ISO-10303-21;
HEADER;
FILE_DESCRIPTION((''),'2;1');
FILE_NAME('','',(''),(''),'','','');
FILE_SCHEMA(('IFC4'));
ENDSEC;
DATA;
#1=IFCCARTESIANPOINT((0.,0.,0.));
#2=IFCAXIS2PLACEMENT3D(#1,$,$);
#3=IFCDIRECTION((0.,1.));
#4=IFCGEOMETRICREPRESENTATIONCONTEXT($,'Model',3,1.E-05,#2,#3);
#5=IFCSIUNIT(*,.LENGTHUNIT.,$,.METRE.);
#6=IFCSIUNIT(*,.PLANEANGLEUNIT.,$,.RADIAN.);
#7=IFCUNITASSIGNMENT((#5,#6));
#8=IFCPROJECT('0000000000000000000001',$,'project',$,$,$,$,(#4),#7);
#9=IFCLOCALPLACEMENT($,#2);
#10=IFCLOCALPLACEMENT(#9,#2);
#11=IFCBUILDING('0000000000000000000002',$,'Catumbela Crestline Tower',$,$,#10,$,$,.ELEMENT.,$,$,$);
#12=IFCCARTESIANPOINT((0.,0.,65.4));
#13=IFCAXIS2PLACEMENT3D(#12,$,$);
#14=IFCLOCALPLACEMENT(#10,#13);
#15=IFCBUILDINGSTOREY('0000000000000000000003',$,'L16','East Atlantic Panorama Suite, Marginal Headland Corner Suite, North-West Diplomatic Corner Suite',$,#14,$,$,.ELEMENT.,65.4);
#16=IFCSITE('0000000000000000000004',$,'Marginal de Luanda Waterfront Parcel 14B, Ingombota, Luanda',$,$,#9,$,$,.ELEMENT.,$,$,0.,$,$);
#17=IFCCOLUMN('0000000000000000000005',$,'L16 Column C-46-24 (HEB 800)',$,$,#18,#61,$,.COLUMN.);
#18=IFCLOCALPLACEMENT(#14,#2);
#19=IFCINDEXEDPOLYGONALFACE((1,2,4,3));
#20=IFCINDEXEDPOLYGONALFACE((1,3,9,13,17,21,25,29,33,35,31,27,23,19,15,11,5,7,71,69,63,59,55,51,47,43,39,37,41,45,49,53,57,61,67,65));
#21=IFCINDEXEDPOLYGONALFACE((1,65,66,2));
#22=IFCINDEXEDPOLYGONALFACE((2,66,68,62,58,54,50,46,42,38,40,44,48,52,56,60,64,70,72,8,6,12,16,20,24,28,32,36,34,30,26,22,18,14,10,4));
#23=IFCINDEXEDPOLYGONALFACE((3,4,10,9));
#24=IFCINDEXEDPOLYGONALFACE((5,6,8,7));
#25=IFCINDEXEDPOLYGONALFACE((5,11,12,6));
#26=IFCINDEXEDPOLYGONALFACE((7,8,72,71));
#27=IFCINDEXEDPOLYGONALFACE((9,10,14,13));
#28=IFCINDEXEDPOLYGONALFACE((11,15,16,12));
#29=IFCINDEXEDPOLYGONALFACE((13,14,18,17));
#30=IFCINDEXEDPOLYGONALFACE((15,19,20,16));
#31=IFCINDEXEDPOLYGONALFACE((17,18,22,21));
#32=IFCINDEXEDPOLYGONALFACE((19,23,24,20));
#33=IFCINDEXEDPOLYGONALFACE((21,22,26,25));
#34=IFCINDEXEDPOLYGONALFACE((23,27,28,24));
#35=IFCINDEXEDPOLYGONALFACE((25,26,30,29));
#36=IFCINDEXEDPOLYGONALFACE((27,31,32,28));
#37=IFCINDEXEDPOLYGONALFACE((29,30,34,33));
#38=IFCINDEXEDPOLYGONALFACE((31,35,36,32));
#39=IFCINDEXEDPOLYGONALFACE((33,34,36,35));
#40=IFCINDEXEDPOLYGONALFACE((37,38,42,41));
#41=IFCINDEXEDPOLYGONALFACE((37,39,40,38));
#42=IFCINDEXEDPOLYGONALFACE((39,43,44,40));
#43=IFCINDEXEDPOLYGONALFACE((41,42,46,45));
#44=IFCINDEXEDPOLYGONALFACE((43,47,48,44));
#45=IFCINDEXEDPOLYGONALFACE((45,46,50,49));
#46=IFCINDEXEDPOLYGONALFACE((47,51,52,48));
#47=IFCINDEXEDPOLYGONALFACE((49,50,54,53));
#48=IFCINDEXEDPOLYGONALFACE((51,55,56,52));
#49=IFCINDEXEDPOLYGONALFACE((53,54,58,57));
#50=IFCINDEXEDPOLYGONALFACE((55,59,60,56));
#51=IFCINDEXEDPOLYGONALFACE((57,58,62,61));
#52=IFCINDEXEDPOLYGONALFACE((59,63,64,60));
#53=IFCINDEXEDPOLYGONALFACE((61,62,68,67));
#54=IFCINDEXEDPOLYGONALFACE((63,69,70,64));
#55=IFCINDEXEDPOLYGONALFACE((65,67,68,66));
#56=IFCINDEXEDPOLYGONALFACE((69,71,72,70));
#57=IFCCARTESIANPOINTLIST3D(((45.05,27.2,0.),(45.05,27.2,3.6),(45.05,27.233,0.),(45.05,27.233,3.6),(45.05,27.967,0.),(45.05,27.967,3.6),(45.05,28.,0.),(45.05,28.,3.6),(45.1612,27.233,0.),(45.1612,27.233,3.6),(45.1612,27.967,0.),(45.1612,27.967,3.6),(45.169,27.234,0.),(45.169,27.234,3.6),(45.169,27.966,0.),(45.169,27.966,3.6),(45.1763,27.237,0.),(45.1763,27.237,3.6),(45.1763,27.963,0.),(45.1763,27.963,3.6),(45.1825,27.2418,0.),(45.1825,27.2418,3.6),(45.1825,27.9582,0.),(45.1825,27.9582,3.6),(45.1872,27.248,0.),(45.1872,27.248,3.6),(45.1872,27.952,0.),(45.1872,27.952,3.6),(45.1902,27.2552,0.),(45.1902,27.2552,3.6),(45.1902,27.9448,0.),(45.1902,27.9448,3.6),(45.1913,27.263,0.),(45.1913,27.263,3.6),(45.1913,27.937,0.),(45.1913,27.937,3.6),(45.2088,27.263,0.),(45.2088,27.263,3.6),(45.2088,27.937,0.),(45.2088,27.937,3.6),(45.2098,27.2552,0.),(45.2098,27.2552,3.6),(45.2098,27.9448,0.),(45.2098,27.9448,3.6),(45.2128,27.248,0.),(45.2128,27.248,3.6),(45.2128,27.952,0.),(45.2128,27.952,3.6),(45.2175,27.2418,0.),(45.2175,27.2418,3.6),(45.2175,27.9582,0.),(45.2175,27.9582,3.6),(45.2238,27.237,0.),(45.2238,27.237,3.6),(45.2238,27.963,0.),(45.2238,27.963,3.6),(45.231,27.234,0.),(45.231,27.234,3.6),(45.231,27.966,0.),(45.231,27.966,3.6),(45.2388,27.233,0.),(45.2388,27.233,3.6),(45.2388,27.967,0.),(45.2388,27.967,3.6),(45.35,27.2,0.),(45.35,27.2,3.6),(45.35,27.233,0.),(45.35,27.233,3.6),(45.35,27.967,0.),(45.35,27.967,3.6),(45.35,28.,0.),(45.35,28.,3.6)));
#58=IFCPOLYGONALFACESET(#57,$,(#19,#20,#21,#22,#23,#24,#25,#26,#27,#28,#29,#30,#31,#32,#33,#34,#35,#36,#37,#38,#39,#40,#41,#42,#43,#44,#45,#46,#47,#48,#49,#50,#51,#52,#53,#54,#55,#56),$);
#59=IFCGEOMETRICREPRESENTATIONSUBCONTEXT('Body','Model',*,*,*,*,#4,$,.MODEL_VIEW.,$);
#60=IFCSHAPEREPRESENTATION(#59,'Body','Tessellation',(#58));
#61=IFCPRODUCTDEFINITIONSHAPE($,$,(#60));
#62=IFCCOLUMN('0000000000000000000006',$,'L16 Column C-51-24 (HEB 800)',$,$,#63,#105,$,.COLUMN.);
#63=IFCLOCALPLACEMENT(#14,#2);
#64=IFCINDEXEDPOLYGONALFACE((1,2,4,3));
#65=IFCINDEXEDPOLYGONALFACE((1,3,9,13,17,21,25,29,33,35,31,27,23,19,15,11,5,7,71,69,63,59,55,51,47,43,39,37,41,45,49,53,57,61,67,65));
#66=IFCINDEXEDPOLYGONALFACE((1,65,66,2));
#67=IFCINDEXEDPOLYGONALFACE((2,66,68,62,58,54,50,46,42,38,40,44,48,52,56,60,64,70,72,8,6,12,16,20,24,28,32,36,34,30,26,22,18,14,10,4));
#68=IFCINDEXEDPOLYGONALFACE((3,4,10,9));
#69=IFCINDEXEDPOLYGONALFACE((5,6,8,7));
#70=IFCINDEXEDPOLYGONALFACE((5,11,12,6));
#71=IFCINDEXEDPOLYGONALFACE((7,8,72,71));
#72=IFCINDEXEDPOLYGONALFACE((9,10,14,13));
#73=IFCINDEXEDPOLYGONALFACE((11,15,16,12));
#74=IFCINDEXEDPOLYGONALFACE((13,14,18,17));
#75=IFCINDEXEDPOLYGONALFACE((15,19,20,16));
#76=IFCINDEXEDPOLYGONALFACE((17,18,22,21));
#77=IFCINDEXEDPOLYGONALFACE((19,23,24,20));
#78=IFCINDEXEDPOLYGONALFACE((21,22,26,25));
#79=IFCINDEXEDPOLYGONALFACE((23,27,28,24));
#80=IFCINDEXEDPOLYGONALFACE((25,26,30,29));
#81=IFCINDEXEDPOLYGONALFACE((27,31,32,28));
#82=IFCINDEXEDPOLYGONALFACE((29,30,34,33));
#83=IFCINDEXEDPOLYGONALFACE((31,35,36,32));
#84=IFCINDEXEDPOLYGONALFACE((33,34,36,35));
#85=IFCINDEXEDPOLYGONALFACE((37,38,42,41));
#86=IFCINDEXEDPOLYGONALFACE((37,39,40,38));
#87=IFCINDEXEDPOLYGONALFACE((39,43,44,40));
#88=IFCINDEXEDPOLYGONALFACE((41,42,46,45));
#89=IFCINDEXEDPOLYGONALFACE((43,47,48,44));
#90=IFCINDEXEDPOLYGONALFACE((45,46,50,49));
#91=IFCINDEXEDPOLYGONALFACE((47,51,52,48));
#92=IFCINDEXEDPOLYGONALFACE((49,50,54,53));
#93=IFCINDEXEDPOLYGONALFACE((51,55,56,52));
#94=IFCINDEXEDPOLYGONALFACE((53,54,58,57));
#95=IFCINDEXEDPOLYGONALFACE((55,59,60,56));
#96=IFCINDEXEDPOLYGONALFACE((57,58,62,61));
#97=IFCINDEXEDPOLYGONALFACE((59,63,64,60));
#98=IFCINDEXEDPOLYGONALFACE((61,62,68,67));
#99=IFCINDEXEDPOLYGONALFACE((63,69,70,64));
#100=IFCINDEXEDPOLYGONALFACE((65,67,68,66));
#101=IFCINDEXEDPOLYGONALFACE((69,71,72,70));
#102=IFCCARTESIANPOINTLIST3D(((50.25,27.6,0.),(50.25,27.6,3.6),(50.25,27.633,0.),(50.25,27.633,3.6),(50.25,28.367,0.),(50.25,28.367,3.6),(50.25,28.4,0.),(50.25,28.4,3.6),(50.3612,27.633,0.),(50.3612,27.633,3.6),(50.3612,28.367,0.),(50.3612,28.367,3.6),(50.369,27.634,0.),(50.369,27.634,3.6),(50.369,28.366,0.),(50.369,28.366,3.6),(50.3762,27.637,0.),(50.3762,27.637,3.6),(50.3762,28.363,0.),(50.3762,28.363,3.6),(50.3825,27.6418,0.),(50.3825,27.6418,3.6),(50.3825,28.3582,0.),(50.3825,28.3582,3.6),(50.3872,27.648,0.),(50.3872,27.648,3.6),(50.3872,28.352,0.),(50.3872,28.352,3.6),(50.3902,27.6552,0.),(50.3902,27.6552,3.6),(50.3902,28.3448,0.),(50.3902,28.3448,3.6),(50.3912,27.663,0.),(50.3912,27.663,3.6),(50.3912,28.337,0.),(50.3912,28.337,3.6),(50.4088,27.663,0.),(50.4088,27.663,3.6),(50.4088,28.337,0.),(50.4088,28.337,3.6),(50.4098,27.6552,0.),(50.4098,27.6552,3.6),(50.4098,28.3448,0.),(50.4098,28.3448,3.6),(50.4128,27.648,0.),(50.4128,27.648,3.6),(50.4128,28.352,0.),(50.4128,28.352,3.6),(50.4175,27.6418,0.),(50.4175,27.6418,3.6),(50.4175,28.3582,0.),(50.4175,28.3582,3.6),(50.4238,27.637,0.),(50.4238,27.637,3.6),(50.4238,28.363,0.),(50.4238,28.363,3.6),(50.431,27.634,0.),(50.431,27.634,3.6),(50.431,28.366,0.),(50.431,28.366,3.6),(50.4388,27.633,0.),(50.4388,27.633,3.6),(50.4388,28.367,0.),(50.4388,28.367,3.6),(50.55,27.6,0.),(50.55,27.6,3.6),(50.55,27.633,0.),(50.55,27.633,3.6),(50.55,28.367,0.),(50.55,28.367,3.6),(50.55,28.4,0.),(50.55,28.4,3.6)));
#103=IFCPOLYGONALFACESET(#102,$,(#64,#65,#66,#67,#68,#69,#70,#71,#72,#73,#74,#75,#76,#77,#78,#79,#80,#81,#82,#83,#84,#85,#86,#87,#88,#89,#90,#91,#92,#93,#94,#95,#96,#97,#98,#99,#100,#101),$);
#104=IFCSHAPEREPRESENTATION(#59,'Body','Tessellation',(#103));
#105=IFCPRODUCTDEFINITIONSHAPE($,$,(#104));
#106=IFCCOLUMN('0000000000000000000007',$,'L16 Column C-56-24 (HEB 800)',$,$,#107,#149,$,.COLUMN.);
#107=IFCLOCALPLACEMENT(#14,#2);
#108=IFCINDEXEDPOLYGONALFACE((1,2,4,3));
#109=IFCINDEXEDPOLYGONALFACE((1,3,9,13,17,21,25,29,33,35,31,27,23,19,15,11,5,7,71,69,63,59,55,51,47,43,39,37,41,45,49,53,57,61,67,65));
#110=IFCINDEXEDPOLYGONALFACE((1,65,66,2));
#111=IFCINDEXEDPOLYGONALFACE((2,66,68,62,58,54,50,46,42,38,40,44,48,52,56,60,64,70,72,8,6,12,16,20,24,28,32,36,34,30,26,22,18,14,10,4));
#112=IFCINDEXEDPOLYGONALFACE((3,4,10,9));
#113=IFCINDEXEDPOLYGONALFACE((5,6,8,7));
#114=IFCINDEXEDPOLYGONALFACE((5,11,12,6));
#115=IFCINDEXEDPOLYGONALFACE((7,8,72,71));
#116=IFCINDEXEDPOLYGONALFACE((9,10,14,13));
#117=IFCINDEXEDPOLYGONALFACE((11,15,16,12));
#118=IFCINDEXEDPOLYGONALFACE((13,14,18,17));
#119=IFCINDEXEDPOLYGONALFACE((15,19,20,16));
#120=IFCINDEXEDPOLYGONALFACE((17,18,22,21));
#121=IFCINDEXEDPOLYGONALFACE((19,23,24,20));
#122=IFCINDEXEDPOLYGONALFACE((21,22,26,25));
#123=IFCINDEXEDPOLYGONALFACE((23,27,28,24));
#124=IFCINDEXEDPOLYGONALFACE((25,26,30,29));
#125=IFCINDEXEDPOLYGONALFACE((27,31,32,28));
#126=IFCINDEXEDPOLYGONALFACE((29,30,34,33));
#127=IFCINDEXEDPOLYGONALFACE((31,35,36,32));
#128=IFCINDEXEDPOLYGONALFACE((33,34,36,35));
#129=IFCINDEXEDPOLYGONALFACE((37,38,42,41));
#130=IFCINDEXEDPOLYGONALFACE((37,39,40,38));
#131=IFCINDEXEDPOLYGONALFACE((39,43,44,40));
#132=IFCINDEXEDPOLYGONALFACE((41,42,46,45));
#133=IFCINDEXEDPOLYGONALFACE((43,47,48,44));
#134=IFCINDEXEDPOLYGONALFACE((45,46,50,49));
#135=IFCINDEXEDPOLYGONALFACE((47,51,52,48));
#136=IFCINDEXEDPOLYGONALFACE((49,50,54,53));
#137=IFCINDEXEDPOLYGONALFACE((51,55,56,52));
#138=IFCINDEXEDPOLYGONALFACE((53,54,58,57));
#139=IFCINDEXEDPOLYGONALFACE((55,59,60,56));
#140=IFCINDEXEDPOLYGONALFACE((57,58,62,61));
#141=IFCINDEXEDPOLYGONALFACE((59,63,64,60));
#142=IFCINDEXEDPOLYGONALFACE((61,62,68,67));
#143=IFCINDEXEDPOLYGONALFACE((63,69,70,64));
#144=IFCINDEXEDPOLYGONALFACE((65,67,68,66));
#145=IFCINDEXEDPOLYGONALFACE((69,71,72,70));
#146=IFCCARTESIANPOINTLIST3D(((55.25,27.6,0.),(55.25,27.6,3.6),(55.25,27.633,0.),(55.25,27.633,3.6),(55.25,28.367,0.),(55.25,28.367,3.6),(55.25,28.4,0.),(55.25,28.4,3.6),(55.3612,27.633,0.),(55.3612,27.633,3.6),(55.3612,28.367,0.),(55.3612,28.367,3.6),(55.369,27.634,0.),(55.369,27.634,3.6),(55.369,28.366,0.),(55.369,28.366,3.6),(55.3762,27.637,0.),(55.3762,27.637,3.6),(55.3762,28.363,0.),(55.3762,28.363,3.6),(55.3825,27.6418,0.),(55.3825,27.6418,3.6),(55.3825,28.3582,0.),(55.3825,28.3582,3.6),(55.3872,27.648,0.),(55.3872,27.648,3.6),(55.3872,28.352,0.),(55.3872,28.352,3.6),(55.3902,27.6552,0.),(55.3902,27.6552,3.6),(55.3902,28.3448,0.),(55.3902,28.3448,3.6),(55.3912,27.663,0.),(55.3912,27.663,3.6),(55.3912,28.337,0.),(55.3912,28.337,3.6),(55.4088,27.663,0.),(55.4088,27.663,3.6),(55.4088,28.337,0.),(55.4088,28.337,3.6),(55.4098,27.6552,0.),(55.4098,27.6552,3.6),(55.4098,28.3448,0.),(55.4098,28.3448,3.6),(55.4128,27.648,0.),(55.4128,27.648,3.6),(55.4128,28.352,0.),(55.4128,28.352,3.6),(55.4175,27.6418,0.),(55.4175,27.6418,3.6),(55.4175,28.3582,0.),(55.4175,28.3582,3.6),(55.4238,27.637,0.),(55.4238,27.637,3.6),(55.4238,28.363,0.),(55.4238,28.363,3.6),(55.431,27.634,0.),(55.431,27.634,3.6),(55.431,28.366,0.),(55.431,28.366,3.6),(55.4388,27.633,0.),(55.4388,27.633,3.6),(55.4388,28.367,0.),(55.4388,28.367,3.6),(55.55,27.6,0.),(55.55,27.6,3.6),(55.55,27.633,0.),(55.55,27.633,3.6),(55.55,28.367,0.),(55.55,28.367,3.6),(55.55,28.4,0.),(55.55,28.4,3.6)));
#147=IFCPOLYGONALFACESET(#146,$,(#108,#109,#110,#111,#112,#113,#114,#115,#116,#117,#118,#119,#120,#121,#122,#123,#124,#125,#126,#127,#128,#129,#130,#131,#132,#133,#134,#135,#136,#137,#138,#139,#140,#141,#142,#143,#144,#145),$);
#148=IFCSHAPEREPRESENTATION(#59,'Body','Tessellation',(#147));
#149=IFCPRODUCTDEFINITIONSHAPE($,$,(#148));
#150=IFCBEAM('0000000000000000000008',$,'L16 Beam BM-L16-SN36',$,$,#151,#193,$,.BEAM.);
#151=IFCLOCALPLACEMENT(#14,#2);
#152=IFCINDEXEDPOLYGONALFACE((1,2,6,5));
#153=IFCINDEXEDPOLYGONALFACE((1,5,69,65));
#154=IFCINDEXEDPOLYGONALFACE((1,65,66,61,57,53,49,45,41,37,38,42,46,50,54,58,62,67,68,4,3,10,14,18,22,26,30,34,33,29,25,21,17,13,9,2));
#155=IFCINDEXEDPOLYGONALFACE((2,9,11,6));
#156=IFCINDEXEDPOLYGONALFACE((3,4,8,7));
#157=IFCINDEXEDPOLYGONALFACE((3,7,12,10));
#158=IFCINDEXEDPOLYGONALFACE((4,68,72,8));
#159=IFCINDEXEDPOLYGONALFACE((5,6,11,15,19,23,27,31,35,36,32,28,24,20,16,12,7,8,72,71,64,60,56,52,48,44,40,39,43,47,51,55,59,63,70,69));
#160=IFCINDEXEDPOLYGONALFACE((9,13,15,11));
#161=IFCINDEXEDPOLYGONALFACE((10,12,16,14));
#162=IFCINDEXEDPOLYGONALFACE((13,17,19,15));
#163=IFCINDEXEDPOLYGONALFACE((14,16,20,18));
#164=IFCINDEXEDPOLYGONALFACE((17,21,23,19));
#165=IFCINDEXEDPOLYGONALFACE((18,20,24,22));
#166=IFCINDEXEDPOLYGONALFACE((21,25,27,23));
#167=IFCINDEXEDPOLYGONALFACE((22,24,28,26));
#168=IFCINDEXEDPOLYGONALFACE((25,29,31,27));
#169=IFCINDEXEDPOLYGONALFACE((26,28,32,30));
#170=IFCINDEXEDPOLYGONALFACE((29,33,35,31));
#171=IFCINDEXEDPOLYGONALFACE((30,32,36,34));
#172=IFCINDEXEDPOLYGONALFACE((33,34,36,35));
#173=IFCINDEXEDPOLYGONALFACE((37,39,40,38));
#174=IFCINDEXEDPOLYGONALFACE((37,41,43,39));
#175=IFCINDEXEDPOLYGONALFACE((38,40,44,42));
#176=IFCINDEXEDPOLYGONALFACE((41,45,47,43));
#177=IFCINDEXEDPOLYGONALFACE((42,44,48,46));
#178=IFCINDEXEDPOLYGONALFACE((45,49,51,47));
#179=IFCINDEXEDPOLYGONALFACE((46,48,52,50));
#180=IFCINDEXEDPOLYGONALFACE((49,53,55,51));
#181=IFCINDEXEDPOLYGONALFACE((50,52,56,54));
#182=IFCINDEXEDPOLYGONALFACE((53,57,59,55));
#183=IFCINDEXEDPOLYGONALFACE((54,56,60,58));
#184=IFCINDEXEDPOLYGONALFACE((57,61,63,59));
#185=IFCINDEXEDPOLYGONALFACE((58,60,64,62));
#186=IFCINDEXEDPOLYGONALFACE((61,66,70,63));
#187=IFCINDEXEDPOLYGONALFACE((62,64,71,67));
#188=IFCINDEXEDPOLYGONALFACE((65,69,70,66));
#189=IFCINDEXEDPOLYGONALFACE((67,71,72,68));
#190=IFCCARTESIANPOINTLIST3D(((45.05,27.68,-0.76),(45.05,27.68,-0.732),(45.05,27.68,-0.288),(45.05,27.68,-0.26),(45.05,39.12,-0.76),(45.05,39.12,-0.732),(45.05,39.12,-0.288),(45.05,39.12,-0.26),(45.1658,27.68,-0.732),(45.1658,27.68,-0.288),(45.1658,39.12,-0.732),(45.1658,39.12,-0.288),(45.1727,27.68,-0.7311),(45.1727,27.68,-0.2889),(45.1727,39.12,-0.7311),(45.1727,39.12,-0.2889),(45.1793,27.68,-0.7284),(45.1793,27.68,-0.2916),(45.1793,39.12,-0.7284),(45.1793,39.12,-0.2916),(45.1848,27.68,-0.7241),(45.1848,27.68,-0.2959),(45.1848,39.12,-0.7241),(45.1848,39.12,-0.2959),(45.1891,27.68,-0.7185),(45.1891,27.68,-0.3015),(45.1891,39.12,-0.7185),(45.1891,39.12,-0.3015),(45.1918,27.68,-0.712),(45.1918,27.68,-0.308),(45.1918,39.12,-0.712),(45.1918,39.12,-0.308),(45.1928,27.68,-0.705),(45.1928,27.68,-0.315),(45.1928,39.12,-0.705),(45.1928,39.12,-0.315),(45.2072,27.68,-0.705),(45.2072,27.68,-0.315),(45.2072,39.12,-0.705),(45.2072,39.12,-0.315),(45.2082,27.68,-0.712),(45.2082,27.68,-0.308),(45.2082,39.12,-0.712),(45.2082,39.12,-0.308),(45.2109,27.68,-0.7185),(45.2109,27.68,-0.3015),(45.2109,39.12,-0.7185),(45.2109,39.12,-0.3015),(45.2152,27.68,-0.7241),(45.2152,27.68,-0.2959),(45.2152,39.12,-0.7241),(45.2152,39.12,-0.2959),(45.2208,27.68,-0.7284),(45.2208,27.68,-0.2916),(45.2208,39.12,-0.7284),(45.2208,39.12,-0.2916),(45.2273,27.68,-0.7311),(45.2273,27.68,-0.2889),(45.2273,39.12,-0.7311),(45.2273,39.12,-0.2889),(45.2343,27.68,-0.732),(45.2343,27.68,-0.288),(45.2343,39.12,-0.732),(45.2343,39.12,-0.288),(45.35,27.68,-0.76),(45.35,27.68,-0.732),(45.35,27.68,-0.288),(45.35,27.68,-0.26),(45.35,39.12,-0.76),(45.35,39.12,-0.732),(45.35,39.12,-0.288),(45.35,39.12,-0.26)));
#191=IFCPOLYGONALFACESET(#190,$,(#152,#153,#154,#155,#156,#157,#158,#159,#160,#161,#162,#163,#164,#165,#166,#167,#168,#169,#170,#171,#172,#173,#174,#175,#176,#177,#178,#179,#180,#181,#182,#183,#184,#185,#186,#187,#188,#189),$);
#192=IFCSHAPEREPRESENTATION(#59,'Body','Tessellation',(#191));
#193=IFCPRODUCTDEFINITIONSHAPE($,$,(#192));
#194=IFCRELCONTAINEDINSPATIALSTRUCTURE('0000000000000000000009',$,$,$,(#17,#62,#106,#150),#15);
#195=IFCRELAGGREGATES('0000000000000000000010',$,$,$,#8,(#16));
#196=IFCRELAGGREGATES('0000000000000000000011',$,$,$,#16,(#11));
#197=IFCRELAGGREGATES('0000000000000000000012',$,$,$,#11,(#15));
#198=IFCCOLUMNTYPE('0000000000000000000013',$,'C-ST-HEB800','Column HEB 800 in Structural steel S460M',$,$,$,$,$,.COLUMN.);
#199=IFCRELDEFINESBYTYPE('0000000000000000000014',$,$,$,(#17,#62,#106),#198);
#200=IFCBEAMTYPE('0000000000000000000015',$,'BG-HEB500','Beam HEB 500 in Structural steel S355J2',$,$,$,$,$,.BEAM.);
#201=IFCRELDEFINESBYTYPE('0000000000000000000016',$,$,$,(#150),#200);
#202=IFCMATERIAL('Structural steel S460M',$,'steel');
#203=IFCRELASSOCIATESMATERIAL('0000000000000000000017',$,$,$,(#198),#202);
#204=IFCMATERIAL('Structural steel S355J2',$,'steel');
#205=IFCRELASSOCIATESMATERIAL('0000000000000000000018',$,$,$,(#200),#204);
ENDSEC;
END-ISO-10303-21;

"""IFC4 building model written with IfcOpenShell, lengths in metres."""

from ifc_helpers import new_model, si_unit, direction, frame, origin, origin_2d, place, context, subcontext, project, spatial, i_section, extrude, material, material_profile, profile_set, type_object, element, save


model = new_model("IFC4")

# Units and contexts
model_context = context("Model", 3, precision=1e-05, world=origin(), true_north=direction((0.0, 1.0)))
body_context = subcontext(model_context, "Body", "Model", "MODEL_VIEW")
ifc_project = project(units=[si_unit("LENGTHUNIT", "METRE"), si_unit("PLANEANGLEUNIT", "RADIAN")], contexts=[model_context])

# Site, building, storey
site_placement = place(None, origin())
site = spatial("IfcSite", under=ifc_project, at=site_placement, Name="Marginal de Luanda Waterfront Parcel 14B, Ingombota, Luanda", CompositionType="ELEMENT", RefElevation=0.0)
building_placement = place(site_placement, origin())
building = spatial("IfcBuilding", under=site, at=building_placement, Name="Catumbela Crestline Tower", CompositionType="ELEMENT")
storey_placement = place(building_placement, frame((0.0, 0.0, 65.4)))
storey = spatial("IfcBuildingStorey", under=building, at=storey_placement, Name="L16", Description="East Atlantic Panorama Suite, Marginal Headland Corner Suite, North-West Diplomatic Corner Suite", CompositionType="ELEMENT", Elevation=65.4)

# Columns
ifc_material_1 = material(Name="Structural steel S460M", Category="steel")
ifc_material_profile_1 = material_profile(ifc_material_1, i_section(OverallWidth=0.3, OverallDepth=0.8, WebThickness=0.0175, FlangeThickness=0.033, FilletRadius=0.03, at=origin_2d()), Name="HEB 800")
ifc_profile_set_1 = profile_set([ifc_material_profile_1], Name="Structural steel S460M")
column_type = type_object("IfcColumnType", Name="C-ST-HEB800", Description="Column HEB 800 in Structural steel S460M", PredefinedType="COLUMN", material=ifc_profile_set_1)
for number, where, z_axis, x_axis, name in (
    (1, (45.2, 27.6, 0.0), (0.0, 0.0, 1.0), (1.0, 0.0, 0.0), "L16 Column C-46-24 (HEB 800)"),
    (2, (50.4, 28.0, 0.0), (0.0, 0.0, 1.0), (1.0, 0.0, 0.0), "L16 Column C-51-24 (HEB 800)"),
    (3, (55.4, 28.0, 0.0), (0.0, 0.0, 1.0), (1.0, 0.0, 0.0), "L16 Column C-56-24 (HEB 800)"),
):
    element("IfcColumn", number, at=place(storey_placement, frame(where, z_axis=z_axis, x_axis=x_axis)), inside=storey, type_object=column_type, Name=name, PredefinedType="COLUMN", context=body_context, shape_type="SweptSolid", body=[
        extrude(i_section(OverallWidth=0.3, OverallDepth=0.8, WebThickness=0.0175, FlangeThickness=0.033, FilletRadius=0.03, at=origin_2d()), origin(), (0.0, 0.0, 1.0), 3.6),
    ])

# Beam
ifc_material_2 = material(Name="Structural steel S355J2", Category="steel")
ifc_material_profile_2 = material_profile(ifc_material_2, i_section(OverallWidth=0.3, OverallDepth=0.5, WebThickness=0.0145, FlangeThickness=0.028, FilletRadius=0.027, at=origin_2d()), Name="HEB 500")
ifc_profile_set_2 = profile_set([ifc_material_profile_2], Name="Structural steel S355J2")
beam_type_1 = type_object("IfcBeamType", Name="BG-HEB500", Description="Beam HEB 500 in Structural steel S355J2", PredefinedType="BEAM", material=ifc_profile_set_2)
beam_1_placement = place(storey_placement, frame((45.2, 27.68, -0.51), z_axis=(0.0, 1.0, 0.0), x_axis=(-1.0, 0.0, 0.0)))
element("IfcBeam", 4, at=beam_1_placement, inside=storey, type_object=beam_type_1, Name="L16 Beam BM-L16-SN36", PredefinedType="BEAM", context=body_context, shape_type="SweptSolid", body=[
    extrude(i_section(OverallWidth=0.3, OverallDepth=0.5, WebThickness=0.0145, FlangeThickness=0.028, FilletRadius=0.027, at=origin_2d()), origin(), (0.0, 0.0, 1.0), 11.44),
])

save(model, "model.ifc")
